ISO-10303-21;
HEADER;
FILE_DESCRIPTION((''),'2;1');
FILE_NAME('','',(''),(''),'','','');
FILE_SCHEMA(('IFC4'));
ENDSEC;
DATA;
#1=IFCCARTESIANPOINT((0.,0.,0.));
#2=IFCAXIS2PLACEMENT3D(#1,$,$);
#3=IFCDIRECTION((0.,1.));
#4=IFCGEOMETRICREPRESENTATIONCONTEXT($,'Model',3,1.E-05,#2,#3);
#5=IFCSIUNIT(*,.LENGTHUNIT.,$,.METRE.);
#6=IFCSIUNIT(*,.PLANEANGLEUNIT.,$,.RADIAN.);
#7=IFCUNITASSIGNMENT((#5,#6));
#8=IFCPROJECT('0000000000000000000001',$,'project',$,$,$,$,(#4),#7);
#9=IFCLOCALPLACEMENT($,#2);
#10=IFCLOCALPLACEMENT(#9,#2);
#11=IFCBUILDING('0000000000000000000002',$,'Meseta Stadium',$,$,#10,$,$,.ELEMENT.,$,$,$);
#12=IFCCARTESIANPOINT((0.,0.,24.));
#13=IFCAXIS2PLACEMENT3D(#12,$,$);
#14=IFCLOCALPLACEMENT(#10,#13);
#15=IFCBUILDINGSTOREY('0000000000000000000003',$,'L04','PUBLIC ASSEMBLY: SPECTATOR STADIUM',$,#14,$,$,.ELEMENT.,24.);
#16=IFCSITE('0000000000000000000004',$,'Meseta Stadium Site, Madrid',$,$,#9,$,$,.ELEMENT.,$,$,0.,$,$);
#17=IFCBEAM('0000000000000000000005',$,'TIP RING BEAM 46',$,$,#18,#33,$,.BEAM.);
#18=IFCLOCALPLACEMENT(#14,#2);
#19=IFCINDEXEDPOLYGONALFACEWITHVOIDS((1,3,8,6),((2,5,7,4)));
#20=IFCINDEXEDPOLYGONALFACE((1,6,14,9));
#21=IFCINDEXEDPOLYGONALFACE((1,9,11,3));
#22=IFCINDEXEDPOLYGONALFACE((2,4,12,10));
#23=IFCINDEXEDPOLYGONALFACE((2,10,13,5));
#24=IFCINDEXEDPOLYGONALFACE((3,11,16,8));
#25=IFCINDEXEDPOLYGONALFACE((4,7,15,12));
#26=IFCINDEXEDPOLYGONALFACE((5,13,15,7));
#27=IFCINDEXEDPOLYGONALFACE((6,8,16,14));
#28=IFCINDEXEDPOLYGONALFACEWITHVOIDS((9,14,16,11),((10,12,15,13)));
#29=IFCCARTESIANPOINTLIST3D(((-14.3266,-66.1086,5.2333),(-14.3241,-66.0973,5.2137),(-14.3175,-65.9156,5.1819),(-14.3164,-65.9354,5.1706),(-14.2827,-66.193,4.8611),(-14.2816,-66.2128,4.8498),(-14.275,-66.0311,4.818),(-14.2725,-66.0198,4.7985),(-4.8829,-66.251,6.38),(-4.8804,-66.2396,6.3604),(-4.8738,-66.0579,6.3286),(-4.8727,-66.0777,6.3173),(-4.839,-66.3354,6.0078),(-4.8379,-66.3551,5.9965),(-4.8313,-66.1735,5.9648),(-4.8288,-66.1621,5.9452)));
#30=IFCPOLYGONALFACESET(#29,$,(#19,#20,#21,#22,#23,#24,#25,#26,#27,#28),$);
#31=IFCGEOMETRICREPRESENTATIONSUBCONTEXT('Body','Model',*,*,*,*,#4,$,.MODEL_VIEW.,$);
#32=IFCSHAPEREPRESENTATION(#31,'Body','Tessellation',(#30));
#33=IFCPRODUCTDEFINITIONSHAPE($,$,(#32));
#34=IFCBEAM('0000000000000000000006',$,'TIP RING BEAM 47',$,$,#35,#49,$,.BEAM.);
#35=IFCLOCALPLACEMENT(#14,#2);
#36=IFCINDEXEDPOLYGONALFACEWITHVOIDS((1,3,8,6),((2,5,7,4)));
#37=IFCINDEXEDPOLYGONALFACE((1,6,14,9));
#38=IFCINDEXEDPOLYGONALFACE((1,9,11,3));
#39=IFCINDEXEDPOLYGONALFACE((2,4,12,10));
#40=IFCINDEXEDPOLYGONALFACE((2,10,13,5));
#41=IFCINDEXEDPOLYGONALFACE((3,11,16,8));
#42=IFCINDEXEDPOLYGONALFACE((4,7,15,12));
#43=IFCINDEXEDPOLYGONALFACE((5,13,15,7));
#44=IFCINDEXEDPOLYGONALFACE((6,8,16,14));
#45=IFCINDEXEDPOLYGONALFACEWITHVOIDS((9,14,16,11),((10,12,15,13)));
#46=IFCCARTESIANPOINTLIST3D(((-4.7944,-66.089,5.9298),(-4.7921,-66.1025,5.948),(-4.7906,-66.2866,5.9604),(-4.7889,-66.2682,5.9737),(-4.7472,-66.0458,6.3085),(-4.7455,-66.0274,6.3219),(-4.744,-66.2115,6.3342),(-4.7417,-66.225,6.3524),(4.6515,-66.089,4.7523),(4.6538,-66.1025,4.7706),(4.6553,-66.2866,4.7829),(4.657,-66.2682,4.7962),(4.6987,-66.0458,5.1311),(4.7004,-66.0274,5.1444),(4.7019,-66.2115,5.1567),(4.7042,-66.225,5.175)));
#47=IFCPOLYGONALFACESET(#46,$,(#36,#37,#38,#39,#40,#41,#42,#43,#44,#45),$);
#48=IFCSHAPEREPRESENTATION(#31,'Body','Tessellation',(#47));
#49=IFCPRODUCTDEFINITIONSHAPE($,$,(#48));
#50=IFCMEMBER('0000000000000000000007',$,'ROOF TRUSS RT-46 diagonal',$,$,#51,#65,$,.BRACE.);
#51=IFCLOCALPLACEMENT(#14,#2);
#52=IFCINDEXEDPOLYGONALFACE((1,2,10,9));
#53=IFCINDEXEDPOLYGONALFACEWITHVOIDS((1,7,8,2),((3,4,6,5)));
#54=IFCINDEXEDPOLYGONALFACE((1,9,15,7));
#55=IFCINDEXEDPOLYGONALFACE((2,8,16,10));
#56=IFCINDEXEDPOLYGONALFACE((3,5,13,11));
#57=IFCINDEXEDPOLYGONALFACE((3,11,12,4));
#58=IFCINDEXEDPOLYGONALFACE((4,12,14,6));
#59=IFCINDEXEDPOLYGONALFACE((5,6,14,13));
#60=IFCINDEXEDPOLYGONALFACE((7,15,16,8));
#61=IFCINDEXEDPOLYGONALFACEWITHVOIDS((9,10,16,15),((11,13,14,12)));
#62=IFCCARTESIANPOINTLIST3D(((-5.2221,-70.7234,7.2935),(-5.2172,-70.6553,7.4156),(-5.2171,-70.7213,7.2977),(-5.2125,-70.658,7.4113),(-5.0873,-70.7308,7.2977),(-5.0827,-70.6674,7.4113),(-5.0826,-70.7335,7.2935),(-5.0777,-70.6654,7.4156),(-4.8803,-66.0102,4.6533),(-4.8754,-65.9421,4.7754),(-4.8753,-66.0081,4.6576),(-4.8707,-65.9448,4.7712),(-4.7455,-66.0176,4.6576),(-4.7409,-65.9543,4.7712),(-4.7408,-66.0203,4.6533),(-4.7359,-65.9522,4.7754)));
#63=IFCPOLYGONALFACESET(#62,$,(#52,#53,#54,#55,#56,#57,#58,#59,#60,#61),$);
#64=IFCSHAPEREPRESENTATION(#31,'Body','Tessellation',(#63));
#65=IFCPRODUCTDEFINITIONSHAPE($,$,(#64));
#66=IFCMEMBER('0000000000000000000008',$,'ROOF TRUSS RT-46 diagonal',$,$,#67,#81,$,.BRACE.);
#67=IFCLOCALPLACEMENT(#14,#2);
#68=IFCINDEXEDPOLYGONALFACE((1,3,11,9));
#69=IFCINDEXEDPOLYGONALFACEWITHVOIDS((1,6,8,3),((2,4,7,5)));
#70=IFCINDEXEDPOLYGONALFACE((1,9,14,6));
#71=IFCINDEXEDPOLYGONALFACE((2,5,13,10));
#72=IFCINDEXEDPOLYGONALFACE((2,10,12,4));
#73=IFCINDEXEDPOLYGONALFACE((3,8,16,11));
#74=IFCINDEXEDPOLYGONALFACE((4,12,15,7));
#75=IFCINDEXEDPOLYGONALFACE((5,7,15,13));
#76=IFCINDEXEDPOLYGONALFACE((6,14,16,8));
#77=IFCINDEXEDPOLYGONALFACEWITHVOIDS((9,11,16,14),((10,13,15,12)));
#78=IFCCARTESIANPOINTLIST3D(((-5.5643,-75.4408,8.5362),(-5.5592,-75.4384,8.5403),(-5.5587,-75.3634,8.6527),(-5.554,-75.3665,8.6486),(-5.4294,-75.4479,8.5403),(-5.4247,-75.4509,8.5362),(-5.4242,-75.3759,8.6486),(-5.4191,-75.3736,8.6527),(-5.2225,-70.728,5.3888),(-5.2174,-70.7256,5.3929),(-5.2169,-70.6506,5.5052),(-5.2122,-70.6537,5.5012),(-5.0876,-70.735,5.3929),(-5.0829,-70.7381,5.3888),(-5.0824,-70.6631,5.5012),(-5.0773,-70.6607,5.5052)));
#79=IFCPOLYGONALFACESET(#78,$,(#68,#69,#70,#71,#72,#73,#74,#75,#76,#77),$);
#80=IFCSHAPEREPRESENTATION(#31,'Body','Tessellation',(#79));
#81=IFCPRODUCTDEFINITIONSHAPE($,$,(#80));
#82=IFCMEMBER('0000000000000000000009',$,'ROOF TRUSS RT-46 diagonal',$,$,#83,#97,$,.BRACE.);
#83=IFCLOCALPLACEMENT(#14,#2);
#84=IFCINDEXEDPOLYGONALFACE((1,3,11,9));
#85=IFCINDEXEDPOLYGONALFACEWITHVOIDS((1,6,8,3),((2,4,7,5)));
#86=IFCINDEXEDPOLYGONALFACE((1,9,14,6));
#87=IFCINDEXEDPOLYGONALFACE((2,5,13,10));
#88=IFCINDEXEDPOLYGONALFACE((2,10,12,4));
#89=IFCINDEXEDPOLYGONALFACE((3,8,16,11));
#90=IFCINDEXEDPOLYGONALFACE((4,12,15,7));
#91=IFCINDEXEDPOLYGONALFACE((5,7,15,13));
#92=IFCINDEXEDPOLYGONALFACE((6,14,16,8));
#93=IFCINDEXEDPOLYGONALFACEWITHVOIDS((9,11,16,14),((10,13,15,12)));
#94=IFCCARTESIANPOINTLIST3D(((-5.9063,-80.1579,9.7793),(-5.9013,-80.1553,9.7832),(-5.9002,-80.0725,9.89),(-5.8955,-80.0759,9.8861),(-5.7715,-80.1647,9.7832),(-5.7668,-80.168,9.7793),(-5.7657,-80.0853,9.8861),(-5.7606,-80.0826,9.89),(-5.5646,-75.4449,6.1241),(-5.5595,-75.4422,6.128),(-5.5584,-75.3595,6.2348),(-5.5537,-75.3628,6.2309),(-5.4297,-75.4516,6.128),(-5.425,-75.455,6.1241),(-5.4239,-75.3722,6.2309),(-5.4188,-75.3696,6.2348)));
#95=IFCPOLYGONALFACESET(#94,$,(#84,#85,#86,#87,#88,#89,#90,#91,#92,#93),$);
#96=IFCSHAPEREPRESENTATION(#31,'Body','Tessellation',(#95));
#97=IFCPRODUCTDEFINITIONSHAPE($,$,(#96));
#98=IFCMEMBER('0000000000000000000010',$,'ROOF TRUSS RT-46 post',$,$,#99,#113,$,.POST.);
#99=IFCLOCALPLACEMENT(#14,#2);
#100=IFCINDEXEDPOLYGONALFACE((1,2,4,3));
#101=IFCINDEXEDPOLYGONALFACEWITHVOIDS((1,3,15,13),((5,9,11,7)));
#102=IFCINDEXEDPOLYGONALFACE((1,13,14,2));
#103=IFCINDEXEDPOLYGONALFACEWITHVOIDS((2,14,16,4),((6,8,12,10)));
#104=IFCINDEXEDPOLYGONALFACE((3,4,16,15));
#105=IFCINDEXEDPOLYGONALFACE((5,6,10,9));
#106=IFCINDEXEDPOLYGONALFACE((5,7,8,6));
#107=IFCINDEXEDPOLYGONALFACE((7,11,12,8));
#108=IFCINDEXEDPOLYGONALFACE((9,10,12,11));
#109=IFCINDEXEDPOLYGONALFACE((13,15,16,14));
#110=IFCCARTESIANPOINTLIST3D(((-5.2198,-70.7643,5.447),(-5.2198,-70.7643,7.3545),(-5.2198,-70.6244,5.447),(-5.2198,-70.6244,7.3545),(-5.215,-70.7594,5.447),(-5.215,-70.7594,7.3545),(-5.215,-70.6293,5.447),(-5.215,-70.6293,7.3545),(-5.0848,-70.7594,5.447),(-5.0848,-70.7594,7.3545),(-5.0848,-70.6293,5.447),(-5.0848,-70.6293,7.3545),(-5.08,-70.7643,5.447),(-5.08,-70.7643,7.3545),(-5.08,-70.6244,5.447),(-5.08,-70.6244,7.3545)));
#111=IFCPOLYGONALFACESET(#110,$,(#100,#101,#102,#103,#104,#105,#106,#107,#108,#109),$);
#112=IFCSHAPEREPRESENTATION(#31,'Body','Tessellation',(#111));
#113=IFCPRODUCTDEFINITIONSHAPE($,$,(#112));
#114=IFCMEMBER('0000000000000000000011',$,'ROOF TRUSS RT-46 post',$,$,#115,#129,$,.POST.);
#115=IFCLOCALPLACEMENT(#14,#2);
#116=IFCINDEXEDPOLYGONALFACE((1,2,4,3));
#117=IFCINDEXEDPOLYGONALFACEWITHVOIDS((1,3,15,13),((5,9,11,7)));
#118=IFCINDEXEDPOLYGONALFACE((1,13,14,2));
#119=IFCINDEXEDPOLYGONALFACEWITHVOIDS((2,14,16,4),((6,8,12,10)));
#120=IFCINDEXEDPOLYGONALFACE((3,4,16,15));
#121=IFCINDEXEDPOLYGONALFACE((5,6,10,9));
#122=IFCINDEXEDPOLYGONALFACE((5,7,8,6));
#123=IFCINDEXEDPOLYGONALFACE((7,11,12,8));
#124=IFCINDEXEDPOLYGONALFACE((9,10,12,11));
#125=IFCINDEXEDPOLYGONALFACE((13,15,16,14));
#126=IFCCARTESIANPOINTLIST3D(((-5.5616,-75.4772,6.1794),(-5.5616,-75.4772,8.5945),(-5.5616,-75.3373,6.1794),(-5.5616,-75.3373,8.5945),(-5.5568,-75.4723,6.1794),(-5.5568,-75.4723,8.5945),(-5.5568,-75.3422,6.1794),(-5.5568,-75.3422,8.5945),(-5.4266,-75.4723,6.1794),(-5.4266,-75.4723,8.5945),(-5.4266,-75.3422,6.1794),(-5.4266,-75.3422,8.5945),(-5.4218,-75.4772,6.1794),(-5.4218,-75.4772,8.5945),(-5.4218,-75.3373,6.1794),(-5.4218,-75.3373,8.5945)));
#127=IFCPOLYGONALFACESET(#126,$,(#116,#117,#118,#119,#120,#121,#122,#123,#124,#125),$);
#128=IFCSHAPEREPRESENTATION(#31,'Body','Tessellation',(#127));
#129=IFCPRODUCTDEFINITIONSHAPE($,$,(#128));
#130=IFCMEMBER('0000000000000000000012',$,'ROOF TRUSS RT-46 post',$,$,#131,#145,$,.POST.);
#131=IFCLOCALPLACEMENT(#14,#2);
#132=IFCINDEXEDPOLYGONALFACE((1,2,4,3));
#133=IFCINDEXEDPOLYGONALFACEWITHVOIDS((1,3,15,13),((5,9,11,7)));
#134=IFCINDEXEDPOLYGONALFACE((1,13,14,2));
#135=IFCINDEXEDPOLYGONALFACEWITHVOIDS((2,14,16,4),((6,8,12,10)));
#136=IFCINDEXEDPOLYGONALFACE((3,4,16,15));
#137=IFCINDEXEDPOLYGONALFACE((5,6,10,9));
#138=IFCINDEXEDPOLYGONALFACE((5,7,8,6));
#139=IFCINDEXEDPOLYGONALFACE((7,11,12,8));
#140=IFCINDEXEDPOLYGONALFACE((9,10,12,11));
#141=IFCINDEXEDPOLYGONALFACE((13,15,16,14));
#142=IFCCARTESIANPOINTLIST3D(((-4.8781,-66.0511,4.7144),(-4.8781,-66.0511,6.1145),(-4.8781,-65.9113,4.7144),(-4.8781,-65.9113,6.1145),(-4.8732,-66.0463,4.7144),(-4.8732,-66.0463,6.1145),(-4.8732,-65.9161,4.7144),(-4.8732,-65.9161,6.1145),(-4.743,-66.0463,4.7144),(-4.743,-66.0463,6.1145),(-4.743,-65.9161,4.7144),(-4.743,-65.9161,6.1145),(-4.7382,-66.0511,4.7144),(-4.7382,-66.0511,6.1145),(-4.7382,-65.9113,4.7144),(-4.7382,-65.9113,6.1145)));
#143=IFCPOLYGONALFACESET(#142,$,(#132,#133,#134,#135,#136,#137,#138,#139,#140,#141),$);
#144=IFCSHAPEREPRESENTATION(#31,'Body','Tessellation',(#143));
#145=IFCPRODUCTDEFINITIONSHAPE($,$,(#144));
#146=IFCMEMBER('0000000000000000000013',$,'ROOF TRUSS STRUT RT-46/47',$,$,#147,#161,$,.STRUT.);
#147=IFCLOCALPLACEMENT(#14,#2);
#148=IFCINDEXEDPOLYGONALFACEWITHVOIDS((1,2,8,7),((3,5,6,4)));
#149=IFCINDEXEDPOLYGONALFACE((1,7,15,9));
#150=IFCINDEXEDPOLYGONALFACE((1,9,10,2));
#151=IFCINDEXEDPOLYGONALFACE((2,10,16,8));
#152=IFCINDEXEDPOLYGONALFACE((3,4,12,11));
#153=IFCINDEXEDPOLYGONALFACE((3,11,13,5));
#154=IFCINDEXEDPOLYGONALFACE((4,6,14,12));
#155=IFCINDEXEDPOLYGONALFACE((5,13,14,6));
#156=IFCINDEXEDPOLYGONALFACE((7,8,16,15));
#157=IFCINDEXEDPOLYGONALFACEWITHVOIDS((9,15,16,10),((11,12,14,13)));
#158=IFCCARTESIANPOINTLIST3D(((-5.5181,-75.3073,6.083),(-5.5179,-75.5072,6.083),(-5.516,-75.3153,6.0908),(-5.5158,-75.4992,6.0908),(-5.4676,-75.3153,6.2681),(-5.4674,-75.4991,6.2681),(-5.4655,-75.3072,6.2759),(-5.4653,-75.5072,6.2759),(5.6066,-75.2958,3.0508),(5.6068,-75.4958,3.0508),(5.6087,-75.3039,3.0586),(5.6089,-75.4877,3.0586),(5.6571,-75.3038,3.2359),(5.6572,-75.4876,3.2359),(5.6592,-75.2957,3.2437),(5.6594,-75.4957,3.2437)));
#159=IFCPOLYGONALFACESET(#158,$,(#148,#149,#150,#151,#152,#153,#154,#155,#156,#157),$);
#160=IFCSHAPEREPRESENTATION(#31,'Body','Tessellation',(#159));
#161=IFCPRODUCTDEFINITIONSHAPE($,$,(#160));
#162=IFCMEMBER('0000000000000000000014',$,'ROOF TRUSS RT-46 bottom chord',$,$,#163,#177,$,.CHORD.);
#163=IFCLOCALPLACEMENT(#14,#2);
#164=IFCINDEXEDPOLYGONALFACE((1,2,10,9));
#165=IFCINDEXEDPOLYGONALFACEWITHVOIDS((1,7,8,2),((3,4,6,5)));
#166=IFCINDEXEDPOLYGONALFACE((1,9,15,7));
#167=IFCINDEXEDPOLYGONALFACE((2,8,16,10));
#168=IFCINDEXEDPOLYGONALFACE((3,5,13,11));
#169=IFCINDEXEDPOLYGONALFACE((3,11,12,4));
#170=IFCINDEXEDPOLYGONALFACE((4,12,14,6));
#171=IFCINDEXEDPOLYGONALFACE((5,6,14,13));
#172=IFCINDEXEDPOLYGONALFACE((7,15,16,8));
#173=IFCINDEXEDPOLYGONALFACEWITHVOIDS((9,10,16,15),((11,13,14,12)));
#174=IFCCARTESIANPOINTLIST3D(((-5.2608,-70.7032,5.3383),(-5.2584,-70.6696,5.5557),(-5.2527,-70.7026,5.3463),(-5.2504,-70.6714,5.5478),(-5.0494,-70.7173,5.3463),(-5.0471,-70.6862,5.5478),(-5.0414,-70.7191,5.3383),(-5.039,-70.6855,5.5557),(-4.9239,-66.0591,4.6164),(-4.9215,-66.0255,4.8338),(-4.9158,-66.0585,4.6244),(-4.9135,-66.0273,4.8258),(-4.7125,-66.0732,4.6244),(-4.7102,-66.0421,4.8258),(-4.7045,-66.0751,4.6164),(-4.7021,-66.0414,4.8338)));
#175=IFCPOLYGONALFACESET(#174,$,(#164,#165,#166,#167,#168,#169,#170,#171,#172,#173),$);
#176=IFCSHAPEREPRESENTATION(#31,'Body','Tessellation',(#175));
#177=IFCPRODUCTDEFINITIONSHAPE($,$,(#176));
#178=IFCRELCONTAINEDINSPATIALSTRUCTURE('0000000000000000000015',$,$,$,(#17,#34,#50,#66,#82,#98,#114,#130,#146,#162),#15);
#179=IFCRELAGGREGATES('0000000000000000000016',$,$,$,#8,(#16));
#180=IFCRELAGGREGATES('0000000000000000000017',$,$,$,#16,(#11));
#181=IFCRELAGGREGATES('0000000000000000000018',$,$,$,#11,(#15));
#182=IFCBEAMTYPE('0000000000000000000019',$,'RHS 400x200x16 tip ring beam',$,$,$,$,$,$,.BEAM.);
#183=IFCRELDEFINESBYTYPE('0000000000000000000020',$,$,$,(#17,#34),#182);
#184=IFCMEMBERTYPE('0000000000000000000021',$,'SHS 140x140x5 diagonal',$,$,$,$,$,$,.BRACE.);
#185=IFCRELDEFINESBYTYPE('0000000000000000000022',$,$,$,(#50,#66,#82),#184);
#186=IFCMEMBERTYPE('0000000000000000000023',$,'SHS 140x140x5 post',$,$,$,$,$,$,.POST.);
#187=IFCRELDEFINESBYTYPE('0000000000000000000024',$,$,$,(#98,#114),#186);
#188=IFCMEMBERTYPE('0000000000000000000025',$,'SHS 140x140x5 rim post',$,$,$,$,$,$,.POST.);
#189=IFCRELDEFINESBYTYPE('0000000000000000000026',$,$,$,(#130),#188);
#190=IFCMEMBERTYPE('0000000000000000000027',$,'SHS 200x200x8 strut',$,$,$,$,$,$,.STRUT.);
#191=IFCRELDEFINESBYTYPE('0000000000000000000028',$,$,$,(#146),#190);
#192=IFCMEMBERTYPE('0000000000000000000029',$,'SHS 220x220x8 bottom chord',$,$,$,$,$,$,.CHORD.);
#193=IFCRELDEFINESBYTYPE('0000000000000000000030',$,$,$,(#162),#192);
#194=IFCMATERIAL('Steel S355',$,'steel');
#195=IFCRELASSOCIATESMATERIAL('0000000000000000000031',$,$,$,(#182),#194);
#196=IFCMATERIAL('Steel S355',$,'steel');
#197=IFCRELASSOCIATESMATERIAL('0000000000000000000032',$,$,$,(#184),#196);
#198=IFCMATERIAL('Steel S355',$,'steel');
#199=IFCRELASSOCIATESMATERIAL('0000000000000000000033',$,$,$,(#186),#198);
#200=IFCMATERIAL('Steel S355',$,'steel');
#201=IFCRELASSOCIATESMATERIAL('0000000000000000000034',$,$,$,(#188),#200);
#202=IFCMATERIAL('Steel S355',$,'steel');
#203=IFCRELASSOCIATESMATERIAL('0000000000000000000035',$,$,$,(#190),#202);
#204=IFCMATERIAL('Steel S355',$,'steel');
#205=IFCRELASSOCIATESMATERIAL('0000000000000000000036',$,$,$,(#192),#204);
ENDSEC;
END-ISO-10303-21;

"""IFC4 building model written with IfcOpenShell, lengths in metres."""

from ifc_helpers import new_model, si_unit, direction, frame, origin, origin_2d, place, context, subcontext, project, spatial, hollow_rectangle, extrude, material, material_profile, profile_set, type_object, element, save


model = new_model("IFC4")

# Units and contexts
model_context = context("Model", 3, precision=1e-05, world=origin(), true_north=direction((0.0, 1.0)))
body_context = subcontext(model_context, "Body", "Model", "MODEL_VIEW")
ifc_project = project(units=[si_unit("LENGTHUNIT", "METRE"), si_unit("PLANEANGLEUNIT", "RADIAN")], contexts=[model_context])

# Site, building, storey
site_placement = place(None, origin())
site = spatial("IfcSite", under=ifc_project, at=site_placement, Name="Meseta Stadium Site, Madrid", CompositionType="ELEMENT", RefElevation=0.0)
building_placement = place(site_placement, origin())
building = spatial("IfcBuilding", under=site, at=building_placement, Name="Meseta Stadium", CompositionType="ELEMENT")
storey_placement = place(building_placement, frame((0.0, 0.0, 24.0)))
storey = spatial("IfcBuildingStorey", under=building, at=storey_placement, Name="L04", Description="PUBLIC ASSEMBLY: SPECTATOR STADIUM", CompositionType="ELEMENT", Elevation=24.0)

# Beams
ifc_material_1 = material(Name="Steel S355", Category="steel")
ifc_material_profile_1 = material_profile(ifc_material_1, hollow_rectangle(XDim=0.2, YDim=0.3999, WallThickness=0.0161, at=origin_2d()), Name="RHS 400x200x16")
ifc_profile_set_1 = profile_set([ifc_material_profile_1], Name="Steel S355")
beam_type = type_object("IfcBeamType", Name="RHS 400x200x16 tip ring beam", PredefinedType="BEAM", material=ifc_profile_set_1)
beam_1_placement = place(storey_placement, frame((-14.2996, -66.0642, 5.0159), z_axis=(0.992597, -0.01496, 0.120527), x_axis=(0.045738, 0.965369, -0.256848)))
element("IfcBeam", 1, at=beam_1_placement, inside=storey, type_object=beam_type, Name="TIP RING BEAM 46", PredefinedType="BEAM", context=body_context, shape_type="SweptSolid", body=[
    extrude(hollow_rectangle(XDim=0.2, YDim=0.3999, WallThickness=0.0161, at=origin_2d()), origin(), (0.0, 0.0, 1.0), 9.5142),
])
beam_2_placement = place(storey_placement, frame((-4.7681, -66.157, 6.1411), z_axis=(0.99232, 0.0, -0.123697), x_axis=(-0.019062, 0.988055, -0.152917)))
element("IfcBeam", 2, at=beam_2_placement, inside=storey, type_object=beam_type, Name="TIP RING BEAM 47", PredefinedType="BEAM", context=body_context, shape_type="SweptSolid", body=[
    extrude(hollow_rectangle(XDim=0.2, YDim=0.3999, WallThickness=0.0161, at=origin_2d()), origin(), (0.0, 0.0, 1.0), 9.519),
])

# Members
ifc_material_2 = material(Name="Steel S355", Category="steel")
ifc_material_profile_2 = material_profile(ifc_material_2, hollow_rectangle(XDim=0.1399, YDim=0.1399, WallThickness=0.0049, at=origin_2d()), Name="SHS 140x140x5")
ifc_profile_set_2 = profile_set([ifc_material_profile_2], Name="Steel S355")
member_type_1 = type_object("IfcMemberType", Name="SHS 140x140x5 diagonal", PredefinedType="BRACE", material=ifc_profile_set_2)
member_1_placement = place(storey_placement, frame((-4.8081, -65.9812, 4.7144), z_axis=(-0.063143, -0.870703, 0.487738), x_axis=(0.997381, -0.07233, 0.0)))
element("IfcMember", 3, at=member_1_placement, inside=storey, type_object=member_type_1, Name="ROOF TRUSS RT-46 diagonal", PredefinedType="BRACE", context=body_context, shape_type="SweptSolid", body=[
    extrude(hollow_rectangle(XDim=0.1399, YDim=0.1399, WallThickness=0.0049, at=origin_2d()), origin(), (0.0, 0.0, 1.0), 5.4131),
])
member_2_placement = place(storey_placement, frame((-5.1499, -70.6943, 5.447), z_axis=(-0.060201, -0.830091, 0.554369), x_axis=(0.99738, -0.072334, 0.0)))
element("IfcMember", 4, at=member_2_placement, inside=storey, type_object=member_type_1, Name="ROOF TRUSS RT-46 diagonal", PredefinedType="BRACE", context=body_context, shape_type="SweptSolid", body=[
    extrude(hollow_rectangle(XDim=0.1399, YDim=0.1399, WallThickness=0.0049, at=origin_2d()), origin(), (0.0, 0.0, 1.0), 5.6775),
])
member_3_placement = place(storey_placement, frame((-5.4917, -75.4072, 6.1794), z_axis=(-0.057212, -0.78891, 0.61184), x_axis=(0.997381, -0.07233, 0.0)))
element("IfcMember", 5, at=member_3_placement, inside=storey, type_object=member_type_1, Name="ROOF TRUSS RT-46 diagonal", PredefinedType="BRACE", context=body_context, shape_type="SweptSolid", body=[
    extrude(hollow_rectangle(XDim=0.1399, YDim=0.1399, WallThickness=0.0049, at=origin_2d()), origin(), (0.0, 0.0, 1.0), 5.9741),
])
ifc_material_3 = material(Name="Steel S355", Category="steel")
ifc_material_profile_3 = material_profile(ifc_material_3, hollow_rectangle(XDim=0.1399, YDim=0.1399, WallThickness=0.0049, at=origin_2d()), Name="SHS 140x140x5")
ifc_profile_set_3 = profile_set([ifc_material_profile_3], Name="Steel S355")
member_type_2 = type_object("IfcMemberType", Name="SHS 140x140x5 post", PredefinedType="POST", material=ifc_profile_set_3)
member_4_placement = place(storey_placement, frame((-5.1499, -70.6943, 5.447), z_axis=(0.0, 0.0, 1.0), x_axis=(1.0, 0.0, 0.0)))
element("IfcMember", 6, at=member_4_placement, inside=storey, type_object=member_type_2, Name="ROOF TRUSS RT-46 post", PredefinedType="POST", context=body_context, shape_type="SweptSolid", body=[
    extrude(hollow_rectangle(XDim=0.1399, YDim=0.1399, WallThickness=0.0049, at=origin_2d()), origin(), (0.0, 0.0, 1.0), 1.9075),
])
member_5_placement = place(storey_placement, frame((-5.4917, -75.4072, 6.1794), z_axis=(0.0, 0.0, 1.0), x_axis=(1.0, 0.0, 0.0)))
element("IfcMember", 7, at=member_5_placement, inside=storey, type_object=member_type_2, Name="ROOF TRUSS RT-46 post", PredefinedType="POST", context=body_context, shape_type="SweptSolid", body=[
    extrude(hollow_rectangle(XDim=0.1399, YDim=0.1399, WallThickness=0.0049, at=origin_2d()), origin(), (0.0, 0.0, 1.0), 2.415),
])
ifc_material_4 = material(Name="Steel S355", Category="steel")
ifc_material_profile_4 = material_profile(ifc_material_4, hollow_rectangle(XDim=0.1399, YDim=0.1399, WallThickness=0.0049, at=origin_2d()), Name="SHS 140x140x5")
ifc_profile_set_4 = profile_set([ifc_material_profile_4], Name="Steel S355")
member_type_3 = type_object("IfcMemberType", Name="SHS 140x140x5 rim post", PredefinedType="POST", material=ifc_profile_set_4)
member_6_placement = place(storey_placement, frame((-4.8081, -65.9812, 4.7144), z_axis=(0.0, 0.0, 1.0), x_axis=(1.0, 0.0, 0.0)))
element("IfcMember", 8, at=member_6_placement, inside=storey, type_object=member_type_3, Name="ROOF TRUSS RT-46 post", PredefinedType="POST", context=body_context, shape_type="SweptSolid", body=[
    extrude(hollow_rectangle(XDim=0.1399, YDim=0.1399, WallThickness=0.0049, at=origin_2d()), origin(), (0.0, 0.0, 1.0), 1.4001),
])
ifc_material_5 = material(Name="Steel S355", Category="steel")
ifc_material_profile_5 = material_profile(ifc_material_5, hollow_rectangle(XDim=0.2, YDim=0.2, WallThickness=0.0081, at=origin_2d()), Name="SHS 200x200x8")
ifc_profile_set_5 = profile_set([ifc_material_profile_5], Name="Steel S355")
member_type_4 = type_object("IfcMemberType", Name="SHS 200x200x8 strut", PredefinedType="STRUT", material=ifc_profile_set_5)
member_7_placement = place(storey_placement, frame((-5.4917, -75.4072, 6.1794), z_axis=(0.964803, 0.000995, -0.262972), x_axis=(-0.001031, 0.999999, 0.0)))
element("IfcMember", 9, at=member_7_placement, inside=storey, type_object=member_type_4, Name="ROOF TRUSS STRUT RT-46/47", PredefinedType="STRUT", context=body_context, shape_type="SweptSolid", body=[
    extrude(hollow_rectangle(XDim=0.2, YDim=0.2, WallThickness=0.0081, at=origin_2d()), origin(), (0.0, 0.0, 1.0), 11.5305),
])
ifc_material_6 = material(Name="Steel S355", Category="steel")
ifc_material_profile_6 = material_profile(ifc_material_6, hollow_rectangle(XDim=0.22, YDim=0.22, WallThickness=0.0081, at=origin_2d()), Name="SHS 220x220x8")
ifc_profile_set_6 = profile_set([ifc_material_profile_6], Name="Steel S355")
member_type_5 = type_object("IfcMemberType", Name="SHS 220x220x8 bottom chord", PredefinedType="CHORD", material=ifc_profile_set_6)
member_8_placement = place(storey_placement, frame((-4.813, -66.0503, 4.7251), z_axis=(-0.071503, -0.985603, 0.153214), x_axis=(0.997379, -0.072357, 0.0)))
element("IfcMember", 10, at=member_8_placement, inside=storey, type_object=member_type_5, Name="ROOF TRUSS RT-46 bottom chord", PredefinedType="CHORD", context=body_context, shape_type="SweptSolid", body=[
    extrude(hollow_rectangle(XDim=0.22, YDim=0.22, WallThickness=0.0081, at=origin_2d()), origin(), (0.0, 0.0, 1.0), 4.7119),
])

save(model, "model.ifc")
